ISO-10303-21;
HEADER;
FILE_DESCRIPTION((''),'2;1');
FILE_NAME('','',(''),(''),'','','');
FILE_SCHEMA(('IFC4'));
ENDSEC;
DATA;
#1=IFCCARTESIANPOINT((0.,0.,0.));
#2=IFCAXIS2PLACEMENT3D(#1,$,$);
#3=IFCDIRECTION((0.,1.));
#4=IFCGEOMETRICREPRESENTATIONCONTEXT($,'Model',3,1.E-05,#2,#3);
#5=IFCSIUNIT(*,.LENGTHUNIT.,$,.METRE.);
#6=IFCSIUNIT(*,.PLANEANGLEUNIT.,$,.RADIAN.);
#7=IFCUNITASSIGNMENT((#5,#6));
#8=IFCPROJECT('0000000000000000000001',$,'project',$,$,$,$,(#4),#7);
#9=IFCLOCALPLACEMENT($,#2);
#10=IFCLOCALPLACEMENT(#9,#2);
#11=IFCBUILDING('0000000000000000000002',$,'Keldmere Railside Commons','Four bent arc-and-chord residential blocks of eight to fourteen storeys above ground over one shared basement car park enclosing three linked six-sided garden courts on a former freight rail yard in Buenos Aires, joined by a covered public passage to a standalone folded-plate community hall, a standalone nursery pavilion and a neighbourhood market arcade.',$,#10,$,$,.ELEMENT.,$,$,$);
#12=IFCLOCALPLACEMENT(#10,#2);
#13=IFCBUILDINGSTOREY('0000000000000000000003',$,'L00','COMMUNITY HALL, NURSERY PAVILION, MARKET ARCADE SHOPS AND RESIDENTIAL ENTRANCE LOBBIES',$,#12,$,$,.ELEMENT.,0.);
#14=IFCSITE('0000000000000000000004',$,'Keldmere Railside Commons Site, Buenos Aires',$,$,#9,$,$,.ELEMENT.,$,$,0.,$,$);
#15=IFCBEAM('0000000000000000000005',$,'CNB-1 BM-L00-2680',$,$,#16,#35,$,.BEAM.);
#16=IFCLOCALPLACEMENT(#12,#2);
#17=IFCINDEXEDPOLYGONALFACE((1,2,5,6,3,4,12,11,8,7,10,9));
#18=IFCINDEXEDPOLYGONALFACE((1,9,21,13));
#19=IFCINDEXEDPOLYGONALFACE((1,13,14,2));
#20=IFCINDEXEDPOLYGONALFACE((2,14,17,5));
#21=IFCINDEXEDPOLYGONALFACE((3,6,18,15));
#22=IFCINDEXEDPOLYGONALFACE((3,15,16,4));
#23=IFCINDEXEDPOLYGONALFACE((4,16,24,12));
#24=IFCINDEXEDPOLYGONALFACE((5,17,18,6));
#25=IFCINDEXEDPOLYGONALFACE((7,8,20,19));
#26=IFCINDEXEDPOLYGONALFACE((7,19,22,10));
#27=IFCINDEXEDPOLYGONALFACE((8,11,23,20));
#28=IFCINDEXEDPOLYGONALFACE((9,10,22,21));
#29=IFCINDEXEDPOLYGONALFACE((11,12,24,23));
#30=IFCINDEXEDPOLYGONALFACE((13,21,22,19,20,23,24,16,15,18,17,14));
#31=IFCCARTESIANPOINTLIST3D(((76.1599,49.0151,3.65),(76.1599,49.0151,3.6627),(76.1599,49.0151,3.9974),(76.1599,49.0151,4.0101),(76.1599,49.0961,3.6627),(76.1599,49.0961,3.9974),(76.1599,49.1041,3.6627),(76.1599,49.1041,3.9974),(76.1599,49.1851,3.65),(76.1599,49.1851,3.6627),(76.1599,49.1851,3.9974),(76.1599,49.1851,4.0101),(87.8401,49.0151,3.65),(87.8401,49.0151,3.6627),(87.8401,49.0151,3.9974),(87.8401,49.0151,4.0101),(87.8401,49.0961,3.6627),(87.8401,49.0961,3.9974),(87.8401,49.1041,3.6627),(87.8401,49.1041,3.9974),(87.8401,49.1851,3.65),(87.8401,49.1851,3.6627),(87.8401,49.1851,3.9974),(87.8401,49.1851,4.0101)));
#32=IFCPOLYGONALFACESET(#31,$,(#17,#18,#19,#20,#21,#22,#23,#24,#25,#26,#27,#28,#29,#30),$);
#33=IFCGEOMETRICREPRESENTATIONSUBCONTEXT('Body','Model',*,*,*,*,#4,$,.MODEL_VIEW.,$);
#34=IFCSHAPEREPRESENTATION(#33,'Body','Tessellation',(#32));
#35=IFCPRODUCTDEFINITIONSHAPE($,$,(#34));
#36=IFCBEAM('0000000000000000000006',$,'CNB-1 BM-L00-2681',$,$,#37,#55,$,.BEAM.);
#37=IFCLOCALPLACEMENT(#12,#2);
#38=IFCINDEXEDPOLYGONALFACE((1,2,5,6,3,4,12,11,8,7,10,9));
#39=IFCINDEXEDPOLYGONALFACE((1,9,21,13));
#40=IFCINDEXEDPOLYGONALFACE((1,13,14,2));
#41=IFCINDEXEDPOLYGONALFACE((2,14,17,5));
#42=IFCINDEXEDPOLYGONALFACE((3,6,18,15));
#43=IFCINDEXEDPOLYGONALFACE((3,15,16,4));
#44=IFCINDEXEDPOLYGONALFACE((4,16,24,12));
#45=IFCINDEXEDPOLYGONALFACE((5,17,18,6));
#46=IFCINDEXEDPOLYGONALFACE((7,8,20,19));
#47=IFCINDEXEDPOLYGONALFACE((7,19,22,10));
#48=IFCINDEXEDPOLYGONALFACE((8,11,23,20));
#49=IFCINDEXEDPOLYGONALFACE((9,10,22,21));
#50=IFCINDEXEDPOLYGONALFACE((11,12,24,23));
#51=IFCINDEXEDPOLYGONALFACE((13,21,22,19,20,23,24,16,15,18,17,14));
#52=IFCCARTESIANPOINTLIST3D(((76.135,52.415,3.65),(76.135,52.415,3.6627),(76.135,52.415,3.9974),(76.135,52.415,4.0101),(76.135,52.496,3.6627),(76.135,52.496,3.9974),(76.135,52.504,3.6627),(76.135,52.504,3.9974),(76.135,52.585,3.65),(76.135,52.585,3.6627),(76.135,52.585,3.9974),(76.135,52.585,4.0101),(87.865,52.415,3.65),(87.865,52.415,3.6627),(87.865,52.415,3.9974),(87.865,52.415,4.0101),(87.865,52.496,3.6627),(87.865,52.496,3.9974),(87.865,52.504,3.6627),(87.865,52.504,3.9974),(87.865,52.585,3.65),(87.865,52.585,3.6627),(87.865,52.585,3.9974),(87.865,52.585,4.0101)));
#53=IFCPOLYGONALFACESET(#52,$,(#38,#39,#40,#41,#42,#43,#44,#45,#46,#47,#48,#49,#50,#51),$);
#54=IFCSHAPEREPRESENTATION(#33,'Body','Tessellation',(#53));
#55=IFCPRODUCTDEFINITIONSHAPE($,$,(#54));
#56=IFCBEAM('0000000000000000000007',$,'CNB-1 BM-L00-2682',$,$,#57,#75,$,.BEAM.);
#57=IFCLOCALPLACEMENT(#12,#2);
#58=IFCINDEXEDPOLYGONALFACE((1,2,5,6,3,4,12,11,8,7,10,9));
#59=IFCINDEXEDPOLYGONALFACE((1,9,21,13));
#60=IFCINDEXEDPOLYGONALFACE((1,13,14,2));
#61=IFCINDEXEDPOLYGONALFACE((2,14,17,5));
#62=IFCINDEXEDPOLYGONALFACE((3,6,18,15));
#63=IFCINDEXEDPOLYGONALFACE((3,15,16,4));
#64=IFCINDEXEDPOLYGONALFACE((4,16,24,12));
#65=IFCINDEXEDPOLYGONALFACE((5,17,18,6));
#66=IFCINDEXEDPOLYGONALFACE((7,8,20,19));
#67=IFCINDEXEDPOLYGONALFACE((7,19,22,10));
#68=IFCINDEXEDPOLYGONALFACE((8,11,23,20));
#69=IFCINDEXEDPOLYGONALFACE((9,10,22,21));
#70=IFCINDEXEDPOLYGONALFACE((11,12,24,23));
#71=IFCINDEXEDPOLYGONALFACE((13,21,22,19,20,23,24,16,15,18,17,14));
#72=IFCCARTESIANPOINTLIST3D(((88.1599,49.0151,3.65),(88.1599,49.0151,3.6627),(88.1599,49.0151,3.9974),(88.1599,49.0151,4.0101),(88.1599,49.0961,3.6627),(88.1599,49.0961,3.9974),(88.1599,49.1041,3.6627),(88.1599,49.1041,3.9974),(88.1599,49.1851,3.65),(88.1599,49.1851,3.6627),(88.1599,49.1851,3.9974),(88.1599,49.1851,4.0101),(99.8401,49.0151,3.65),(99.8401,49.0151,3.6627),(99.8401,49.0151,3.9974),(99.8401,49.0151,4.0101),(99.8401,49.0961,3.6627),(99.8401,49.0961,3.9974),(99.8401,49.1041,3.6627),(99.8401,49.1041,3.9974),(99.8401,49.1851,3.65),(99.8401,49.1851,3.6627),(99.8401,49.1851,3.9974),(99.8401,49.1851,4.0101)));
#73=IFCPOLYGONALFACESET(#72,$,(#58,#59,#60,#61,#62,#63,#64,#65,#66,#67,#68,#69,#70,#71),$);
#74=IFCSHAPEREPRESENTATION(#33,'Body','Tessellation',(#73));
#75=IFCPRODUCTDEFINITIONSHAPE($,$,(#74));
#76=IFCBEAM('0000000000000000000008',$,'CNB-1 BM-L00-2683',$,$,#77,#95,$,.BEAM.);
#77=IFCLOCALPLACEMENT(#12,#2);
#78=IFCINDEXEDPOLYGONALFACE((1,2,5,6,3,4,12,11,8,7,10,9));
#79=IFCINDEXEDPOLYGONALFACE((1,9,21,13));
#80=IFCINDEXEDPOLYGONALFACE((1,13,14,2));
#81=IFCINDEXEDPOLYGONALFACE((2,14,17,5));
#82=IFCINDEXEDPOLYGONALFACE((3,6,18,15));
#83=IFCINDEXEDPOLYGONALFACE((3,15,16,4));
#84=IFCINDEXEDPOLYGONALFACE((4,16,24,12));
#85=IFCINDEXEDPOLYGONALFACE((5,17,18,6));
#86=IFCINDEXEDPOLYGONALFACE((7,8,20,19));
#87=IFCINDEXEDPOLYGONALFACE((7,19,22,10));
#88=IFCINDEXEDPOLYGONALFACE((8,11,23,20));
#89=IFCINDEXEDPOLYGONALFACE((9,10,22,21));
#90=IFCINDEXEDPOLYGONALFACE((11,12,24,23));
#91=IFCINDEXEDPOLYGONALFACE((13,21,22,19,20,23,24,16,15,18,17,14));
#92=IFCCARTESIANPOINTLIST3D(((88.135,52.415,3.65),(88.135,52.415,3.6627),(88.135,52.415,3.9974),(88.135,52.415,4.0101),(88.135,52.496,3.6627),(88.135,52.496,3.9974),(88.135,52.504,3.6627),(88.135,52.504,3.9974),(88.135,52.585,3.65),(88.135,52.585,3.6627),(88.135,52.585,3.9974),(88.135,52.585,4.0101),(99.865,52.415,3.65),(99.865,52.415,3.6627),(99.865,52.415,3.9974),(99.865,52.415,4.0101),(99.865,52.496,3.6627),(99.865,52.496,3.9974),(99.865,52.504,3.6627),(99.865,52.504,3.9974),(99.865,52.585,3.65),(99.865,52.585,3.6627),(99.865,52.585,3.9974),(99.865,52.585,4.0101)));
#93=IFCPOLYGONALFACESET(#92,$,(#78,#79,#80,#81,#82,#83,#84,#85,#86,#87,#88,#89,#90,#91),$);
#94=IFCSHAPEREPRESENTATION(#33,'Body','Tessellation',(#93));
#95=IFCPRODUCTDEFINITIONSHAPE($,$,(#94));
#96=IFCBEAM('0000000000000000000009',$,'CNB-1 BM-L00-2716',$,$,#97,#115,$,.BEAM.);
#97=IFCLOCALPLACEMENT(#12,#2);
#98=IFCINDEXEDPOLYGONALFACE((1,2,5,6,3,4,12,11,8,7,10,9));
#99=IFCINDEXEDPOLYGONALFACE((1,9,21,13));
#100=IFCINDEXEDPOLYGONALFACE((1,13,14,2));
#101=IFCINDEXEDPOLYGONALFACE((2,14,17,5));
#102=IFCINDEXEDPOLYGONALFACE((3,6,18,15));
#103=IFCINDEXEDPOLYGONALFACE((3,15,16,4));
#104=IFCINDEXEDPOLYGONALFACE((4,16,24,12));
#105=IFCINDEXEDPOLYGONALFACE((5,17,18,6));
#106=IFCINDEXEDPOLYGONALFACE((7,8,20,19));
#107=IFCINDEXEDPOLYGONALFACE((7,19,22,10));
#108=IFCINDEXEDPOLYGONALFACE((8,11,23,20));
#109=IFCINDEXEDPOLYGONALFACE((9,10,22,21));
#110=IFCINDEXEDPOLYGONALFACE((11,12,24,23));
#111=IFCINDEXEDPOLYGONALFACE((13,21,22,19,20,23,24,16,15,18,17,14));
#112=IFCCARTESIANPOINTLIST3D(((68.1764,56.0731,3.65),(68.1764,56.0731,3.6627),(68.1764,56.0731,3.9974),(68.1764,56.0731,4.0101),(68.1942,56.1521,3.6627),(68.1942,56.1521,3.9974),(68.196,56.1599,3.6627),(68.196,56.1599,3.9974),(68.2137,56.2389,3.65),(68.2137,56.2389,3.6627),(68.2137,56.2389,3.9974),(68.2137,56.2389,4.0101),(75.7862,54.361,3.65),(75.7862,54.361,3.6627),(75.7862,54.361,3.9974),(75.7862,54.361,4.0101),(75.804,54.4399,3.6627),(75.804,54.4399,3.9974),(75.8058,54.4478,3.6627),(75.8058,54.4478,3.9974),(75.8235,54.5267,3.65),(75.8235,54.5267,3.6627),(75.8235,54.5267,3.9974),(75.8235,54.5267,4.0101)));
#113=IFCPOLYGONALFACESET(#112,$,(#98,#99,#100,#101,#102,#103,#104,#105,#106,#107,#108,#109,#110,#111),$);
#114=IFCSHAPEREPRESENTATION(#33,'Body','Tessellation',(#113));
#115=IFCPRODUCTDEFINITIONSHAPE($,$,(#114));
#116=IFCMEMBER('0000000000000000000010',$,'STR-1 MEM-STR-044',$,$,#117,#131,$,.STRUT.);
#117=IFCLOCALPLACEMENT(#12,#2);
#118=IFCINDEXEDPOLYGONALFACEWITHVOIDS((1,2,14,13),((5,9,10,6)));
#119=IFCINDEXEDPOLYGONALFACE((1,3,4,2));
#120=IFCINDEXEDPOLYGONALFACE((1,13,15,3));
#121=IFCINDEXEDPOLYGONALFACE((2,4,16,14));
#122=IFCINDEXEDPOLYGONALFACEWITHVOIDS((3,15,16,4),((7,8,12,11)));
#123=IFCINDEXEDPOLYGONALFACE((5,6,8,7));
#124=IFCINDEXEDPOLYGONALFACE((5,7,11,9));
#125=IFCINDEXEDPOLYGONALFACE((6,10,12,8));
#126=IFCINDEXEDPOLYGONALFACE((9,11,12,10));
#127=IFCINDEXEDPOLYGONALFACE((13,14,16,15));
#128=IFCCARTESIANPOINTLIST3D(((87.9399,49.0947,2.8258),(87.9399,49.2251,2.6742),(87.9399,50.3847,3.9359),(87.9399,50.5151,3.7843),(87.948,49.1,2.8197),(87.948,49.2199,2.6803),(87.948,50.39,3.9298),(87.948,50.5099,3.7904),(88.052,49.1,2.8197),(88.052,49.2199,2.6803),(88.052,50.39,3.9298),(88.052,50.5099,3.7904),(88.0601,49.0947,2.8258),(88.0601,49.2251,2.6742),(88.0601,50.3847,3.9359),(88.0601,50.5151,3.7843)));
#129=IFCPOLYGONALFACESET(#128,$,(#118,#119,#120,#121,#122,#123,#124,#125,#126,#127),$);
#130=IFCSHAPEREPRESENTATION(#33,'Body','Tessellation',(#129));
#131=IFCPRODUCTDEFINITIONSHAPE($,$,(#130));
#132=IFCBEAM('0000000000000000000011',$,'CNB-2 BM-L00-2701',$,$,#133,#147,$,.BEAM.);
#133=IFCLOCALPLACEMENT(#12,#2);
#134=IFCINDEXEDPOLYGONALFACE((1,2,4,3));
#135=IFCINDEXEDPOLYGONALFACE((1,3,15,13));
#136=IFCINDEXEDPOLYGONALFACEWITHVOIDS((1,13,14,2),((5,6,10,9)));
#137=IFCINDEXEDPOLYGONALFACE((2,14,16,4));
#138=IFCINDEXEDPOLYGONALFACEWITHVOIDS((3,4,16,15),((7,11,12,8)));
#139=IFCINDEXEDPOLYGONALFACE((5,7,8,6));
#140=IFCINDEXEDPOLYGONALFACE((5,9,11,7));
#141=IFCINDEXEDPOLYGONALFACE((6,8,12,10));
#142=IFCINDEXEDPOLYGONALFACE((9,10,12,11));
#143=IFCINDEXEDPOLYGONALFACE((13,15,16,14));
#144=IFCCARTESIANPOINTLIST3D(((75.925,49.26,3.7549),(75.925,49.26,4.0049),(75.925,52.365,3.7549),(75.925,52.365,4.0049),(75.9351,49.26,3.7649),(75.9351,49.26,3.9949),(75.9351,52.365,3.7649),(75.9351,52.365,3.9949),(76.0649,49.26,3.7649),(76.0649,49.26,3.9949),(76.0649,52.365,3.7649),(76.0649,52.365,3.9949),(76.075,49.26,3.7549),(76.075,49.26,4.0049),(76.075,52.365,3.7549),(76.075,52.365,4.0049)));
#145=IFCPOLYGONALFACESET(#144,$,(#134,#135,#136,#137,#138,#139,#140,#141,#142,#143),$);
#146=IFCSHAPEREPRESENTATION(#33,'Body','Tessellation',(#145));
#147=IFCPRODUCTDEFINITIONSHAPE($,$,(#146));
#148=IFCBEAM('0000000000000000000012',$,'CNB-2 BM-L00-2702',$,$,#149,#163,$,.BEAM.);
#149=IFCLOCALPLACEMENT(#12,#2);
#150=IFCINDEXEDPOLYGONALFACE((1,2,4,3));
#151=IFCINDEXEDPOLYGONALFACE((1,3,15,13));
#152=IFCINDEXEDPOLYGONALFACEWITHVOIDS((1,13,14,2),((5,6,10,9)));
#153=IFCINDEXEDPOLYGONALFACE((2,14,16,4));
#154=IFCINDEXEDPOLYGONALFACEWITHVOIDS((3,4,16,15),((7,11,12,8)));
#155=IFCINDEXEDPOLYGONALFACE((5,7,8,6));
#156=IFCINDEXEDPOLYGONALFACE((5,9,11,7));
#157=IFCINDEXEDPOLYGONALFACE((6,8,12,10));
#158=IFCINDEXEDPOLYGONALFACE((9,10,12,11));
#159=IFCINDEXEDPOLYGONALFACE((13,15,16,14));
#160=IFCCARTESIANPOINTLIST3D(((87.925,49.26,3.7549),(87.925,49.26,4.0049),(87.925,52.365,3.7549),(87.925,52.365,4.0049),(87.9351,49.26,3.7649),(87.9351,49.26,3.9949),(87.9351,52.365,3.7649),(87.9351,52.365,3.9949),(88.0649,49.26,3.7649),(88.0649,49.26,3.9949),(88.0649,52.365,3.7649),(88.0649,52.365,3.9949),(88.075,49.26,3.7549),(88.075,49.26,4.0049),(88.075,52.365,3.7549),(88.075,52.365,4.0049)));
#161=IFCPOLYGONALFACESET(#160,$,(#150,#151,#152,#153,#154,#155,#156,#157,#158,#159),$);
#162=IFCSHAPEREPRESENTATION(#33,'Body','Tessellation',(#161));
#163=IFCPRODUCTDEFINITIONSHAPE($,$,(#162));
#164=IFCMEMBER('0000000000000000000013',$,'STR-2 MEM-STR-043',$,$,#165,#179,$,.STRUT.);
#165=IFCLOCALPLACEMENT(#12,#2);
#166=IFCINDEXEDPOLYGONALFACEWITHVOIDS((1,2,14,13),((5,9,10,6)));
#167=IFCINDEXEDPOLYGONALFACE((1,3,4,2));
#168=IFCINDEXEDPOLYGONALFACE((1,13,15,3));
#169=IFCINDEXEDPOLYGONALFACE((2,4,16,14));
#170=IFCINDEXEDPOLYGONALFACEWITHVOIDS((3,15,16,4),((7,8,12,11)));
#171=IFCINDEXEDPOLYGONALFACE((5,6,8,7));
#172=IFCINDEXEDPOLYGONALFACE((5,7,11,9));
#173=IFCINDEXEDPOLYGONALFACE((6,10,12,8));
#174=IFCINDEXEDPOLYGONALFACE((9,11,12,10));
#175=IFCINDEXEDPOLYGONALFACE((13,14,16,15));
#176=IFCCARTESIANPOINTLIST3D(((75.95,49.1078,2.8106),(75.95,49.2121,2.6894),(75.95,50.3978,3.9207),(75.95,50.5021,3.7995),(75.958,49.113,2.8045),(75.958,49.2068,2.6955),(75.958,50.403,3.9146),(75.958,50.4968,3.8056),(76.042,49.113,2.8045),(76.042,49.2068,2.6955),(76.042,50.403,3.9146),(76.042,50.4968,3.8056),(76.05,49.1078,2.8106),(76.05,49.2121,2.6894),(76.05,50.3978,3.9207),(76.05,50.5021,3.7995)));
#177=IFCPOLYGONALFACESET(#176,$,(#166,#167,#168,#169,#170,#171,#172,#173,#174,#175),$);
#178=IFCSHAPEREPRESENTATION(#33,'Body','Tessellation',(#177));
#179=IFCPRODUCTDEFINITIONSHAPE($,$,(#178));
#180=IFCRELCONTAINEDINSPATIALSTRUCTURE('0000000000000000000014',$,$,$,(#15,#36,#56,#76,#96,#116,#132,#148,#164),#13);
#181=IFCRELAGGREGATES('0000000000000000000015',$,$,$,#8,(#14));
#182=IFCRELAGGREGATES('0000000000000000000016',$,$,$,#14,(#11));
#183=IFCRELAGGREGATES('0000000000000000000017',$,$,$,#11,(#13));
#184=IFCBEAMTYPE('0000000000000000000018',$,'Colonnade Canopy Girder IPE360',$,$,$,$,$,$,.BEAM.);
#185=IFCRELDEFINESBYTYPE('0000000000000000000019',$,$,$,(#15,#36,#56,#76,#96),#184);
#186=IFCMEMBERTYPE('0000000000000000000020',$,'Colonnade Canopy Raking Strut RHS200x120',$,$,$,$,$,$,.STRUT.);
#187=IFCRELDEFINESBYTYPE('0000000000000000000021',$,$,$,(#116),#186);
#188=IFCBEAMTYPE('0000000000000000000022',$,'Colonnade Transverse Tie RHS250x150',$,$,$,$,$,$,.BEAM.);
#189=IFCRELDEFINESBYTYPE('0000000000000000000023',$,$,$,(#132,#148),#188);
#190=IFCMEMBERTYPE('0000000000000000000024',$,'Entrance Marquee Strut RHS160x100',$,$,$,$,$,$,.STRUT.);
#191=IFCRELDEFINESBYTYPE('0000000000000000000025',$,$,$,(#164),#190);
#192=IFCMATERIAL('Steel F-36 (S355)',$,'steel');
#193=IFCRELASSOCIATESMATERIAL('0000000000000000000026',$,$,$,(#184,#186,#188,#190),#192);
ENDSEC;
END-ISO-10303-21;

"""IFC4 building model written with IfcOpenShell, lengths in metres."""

from ifc_helpers import new_model, si_unit, direction, frame, origin, origin_2d, place, context, subcontext, project, spatial, hollow_rectangle, i_section, extrude, material, material_profile, profile_set, type_object, element, save


model = new_model("IFC4")

# Units and contexts
model_context = context("Model", 3, precision=1e-05, world=origin(), true_north=direction((0.0, 1.0)))
body_context = subcontext(model_context, "Body", "Model", "MODEL_VIEW")
ifc_project = project(units=[si_unit("LENGTHUNIT", "METRE"), si_unit("PLANEANGLEUNIT", "RADIAN")], contexts=[model_context])

# Site, building, storey
site_placement = place(None, origin())
site = spatial("IfcSite", under=ifc_project, at=site_placement, Name="Keldmere Railside Commons Site, Buenos Aires", CompositionType="ELEMENT", RefElevation=0.0)
building_placement = place(site_placement, origin())
building = spatial("IfcBuilding", under=site, at=building_placement, Name="Keldmere Railside Commons", Description="Four bent arc-and-chord residential blocks of eight to fourteen storeys above ground over one shared basement car park enclosing three linked six-sided garden courts on a former freight rail yard in Buenos Aires, joined by a covered public passage to a standalone folded-plate community hall, a standalone nursery pavilion and a neighbourhood market arcade.", CompositionType="ELEMENT")
storey_placement = place(building_placement, origin())
storey = spatial("IfcBuildingStorey", under=building, at=storey_placement, Name="L00", Description="COMMUNITY HALL, NURSERY PAVILION, MARKET ARCADE SHOPS AND RESIDENTIAL ENTRANCE LOBBIES", CompositionType="ELEMENT", Elevation=0.0)

# Shared definitions
ifc_material_1 = material(Name="Steel F-36 (S355)", Category="steel")

# Beams
ifc_material_profile_1 = material_profile(ifc_material_1, i_section(OverallWidth=0.1699, OverallDepth=0.3601, WebThickness=0.0081, FlangeThickness=0.0127, at=origin_2d()), Name="IPE-360")
ifc_profile_set_1 = profile_set([ifc_material_profile_1], Name="Steel F-36 (S355)")
beam_type_1 = type_object("IfcBeamType", Name="Colonnade Canopy Girder IPE360", PredefinedType="BEAM", material=ifc_profile_set_1)
for number, where, z_axis, x_axis, name in (
    (1, (76.1599, 49.1001, 3.8301), (1.0, 0.0, 0.0), (0.0, 1.0, 0.0), "CNB-1 BM-L00-2680"),
):
    element("IfcBeam", number, at=place(storey_placement, frame(where, z_axis=z_axis, x_axis=x_axis)), inside=storey, type_object=beam_type_1, Name=name, PredefinedType="BEAM", context=body_context, shape_type="SweptSolid", body=[
        extrude(i_section(OverallWidth=0.1699, OverallDepth=0.3601, WebThickness=0.0081, FlangeThickness=0.0127, at=origin_2d()), origin(), (0.0, 0.0, 1.0), 11.6802),
    ])
beam_1_placement = place(storey_placement, frame((76.135, 52.5, 3.8301), z_axis=(1.0, 0.0, 0.0), x_axis=(0.0, 1.0, 0.0)))
element("IfcBeam", 2, at=beam_1_placement, inside=storey, type_object=beam_type_1, Name="CNB-1 BM-L00-2681", PredefinedType="BEAM", context=body_context, shape_type="SweptSolid", body=[
    extrude(i_section(OverallWidth=0.1699, OverallDepth=0.3601, WebThickness=0.0081, FlangeThickness=0.0127, at=origin_2d()), origin(), (0.0, 0.0, 1.0), 11.73),
])
beam_2_placement = place(storey_placement, frame((88.1599, 49.1001, 3.8301), z_axis=(1.0, 0.0, 0.0), x_axis=(0.0, 1.0, 0.0)))
element("IfcBeam", 3, at=beam_2_placement, inside=storey, type_object=beam_type_1, Name="CNB-1 BM-L00-2682", PredefinedType="BEAM", context=body_context, shape_type="SweptSolid", body=[
    extrude(i_section(OverallWidth=0.1699, OverallDepth=0.3601, WebThickness=0.0081, FlangeThickness=0.0127, at=origin_2d()), origin(), (0.0, 0.0, 1.0), 11.6802),
])
beam_3_placement = place(storey_placement, frame((88.135, 52.5, 3.8301), z_axis=(1.0, 0.0, 0.0), x_axis=(0.0, 1.0, 0.0)))
element("IfcBeam", 4, at=beam_3_placement, inside=storey, type_object=beam_type_1, Name="CNB-1 BM-L00-2683", PredefinedType="BEAM", context=body_context, shape_type="SweptSolid", body=[
    extrude(i_section(OverallWidth=0.1699, OverallDepth=0.3601, WebThickness=0.0081, FlangeThickness=0.0127, at=origin_2d()), origin(), (0.0, 0.0, 1.0), 11.73),
])
beam_4_placement = place(storey_placement, frame((68.1951, 56.156, 3.8301), z_axis=(0.975611, -0.219505, 0.0), x_axis=(0.219505, 0.975611, 0.0)))
element("IfcBeam", 5, at=beam_4_placement, inside=storey, type_object=beam_type_1, Name="CNB-1 BM-L00-2716", PredefinedType="BEAM", context=body_context, shape_type="SweptSolid", body=[
    extrude(i_section(OverallWidth=0.1699, OverallDepth=0.3601, WebThickness=0.0081, FlangeThickness=0.0127, at=origin_2d()), origin(), (0.0, 0.0, 1.0), 7.8),
])

# Member
ifc_material_profile_2 = material_profile(ifc_material_1, hollow_rectangle(XDim=0.1201, YDim=0.2, WallThickness=0.0081, at=origin_2d()), Name="RHS-200x120x8")
ifc_profile_set_2 = profile_set([ifc_material_profile_2], Name="Steel F-36 (S355)")
member_type_1 = type_object("IfcMemberType", Name="Colonnade Canopy Raking Strut RHS200x120", PredefinedType="STRUT", material=ifc_profile_set_2)
member_1_placement = place(storey_placement, frame((88.0, 49.1599, 2.75), z_axis=(0.0, 0.757989, 0.652267), x_axis=(-1.0, 0.0, 0.0)))
element("IfcMember", 6, at=member_1_placement, inside=storey, type_object=member_type_1, Name="STR-1 MEM-STR-044", PredefinedType="STRUT", context=body_context, shape_type="SweptSolid", body=[
    extrude(hollow_rectangle(XDim=0.1201, YDim=0.2, WallThickness=0.0081, at=origin_2d()), origin(), (0.0, 0.0, 1.0), 1.7019),
])

# Beams
ifc_material_profile_3 = material_profile(ifc_material_1, hollow_rectangle(XDim=0.1499, YDim=0.25, WallThickness=0.01, at=origin_2d()), Name="RHS-250x150x10")
ifc_profile_set_3 = profile_set([ifc_material_profile_3], Name="Steel F-36 (S355)")
beam_type_2 = type_object("IfcBeamType", Name="Colonnade Transverse Tie RHS250x150", PredefinedType="BEAM", material=ifc_profile_set_3)
for number, where, z_axis, x_axis, name in (
    (7, (76.0, 49.26, 3.8799), (0.0, 1.0, 0.0), (-1.0, 0.0, 0.0), "CNB-2 BM-L00-2701"),
    (8, (88.0, 49.26, 3.8799), (0.0, 1.0, 0.0), (-1.0, 0.0, 0.0), "CNB-2 BM-L00-2702"),
):
    element("IfcBeam", number, at=place(storey_placement, frame(where, z_axis=z_axis, x_axis=x_axis)), inside=storey, type_object=beam_type_2, Name=name, PredefinedType="BEAM", context=body_context, shape_type="SweptSolid", body=[
        extrude(hollow_rectangle(XDim=0.1499, YDim=0.25, WallThickness=0.01, at=origin_2d()), origin(), (0.0, 0.0, 1.0), 3.105),
    ])

# Member
ifc_material_profile_4 = material_profile(ifc_material_1, hollow_rectangle(XDim=0.1001, YDim=0.1599, WallThickness=0.0081, at=origin_2d()), Name="RHS-160x100x8")
ifc_profile_set_4 = profile_set([ifc_material_profile_4], Name="Steel F-36 (S355)")
member_type_2 = type_object("IfcMemberType", Name="Entrance Marquee Strut RHS160x100", PredefinedType="STRUT", material=ifc_profile_set_4)
member_2_placement = place(storey_placement, frame((76.0, 49.1599, 2.75), z_axis=(0.0, 0.757989, 0.652267), x_axis=(-1.0, 0.0, 0.0)))
element("IfcMember", 9, at=member_2_placement, inside=storey, type_object=member_type_2, Name="STR-2 MEM-STR-043", PredefinedType="STRUT", context=body_context, shape_type="SweptSolid", body=[
    extrude(hollow_rectangle(XDim=0.1001, YDim=0.1599, WallThickness=0.0081, at=origin_2d()), origin(), (0.0, 0.0, 1.0), 1.7019),
])

save(model, "model.ifc")
